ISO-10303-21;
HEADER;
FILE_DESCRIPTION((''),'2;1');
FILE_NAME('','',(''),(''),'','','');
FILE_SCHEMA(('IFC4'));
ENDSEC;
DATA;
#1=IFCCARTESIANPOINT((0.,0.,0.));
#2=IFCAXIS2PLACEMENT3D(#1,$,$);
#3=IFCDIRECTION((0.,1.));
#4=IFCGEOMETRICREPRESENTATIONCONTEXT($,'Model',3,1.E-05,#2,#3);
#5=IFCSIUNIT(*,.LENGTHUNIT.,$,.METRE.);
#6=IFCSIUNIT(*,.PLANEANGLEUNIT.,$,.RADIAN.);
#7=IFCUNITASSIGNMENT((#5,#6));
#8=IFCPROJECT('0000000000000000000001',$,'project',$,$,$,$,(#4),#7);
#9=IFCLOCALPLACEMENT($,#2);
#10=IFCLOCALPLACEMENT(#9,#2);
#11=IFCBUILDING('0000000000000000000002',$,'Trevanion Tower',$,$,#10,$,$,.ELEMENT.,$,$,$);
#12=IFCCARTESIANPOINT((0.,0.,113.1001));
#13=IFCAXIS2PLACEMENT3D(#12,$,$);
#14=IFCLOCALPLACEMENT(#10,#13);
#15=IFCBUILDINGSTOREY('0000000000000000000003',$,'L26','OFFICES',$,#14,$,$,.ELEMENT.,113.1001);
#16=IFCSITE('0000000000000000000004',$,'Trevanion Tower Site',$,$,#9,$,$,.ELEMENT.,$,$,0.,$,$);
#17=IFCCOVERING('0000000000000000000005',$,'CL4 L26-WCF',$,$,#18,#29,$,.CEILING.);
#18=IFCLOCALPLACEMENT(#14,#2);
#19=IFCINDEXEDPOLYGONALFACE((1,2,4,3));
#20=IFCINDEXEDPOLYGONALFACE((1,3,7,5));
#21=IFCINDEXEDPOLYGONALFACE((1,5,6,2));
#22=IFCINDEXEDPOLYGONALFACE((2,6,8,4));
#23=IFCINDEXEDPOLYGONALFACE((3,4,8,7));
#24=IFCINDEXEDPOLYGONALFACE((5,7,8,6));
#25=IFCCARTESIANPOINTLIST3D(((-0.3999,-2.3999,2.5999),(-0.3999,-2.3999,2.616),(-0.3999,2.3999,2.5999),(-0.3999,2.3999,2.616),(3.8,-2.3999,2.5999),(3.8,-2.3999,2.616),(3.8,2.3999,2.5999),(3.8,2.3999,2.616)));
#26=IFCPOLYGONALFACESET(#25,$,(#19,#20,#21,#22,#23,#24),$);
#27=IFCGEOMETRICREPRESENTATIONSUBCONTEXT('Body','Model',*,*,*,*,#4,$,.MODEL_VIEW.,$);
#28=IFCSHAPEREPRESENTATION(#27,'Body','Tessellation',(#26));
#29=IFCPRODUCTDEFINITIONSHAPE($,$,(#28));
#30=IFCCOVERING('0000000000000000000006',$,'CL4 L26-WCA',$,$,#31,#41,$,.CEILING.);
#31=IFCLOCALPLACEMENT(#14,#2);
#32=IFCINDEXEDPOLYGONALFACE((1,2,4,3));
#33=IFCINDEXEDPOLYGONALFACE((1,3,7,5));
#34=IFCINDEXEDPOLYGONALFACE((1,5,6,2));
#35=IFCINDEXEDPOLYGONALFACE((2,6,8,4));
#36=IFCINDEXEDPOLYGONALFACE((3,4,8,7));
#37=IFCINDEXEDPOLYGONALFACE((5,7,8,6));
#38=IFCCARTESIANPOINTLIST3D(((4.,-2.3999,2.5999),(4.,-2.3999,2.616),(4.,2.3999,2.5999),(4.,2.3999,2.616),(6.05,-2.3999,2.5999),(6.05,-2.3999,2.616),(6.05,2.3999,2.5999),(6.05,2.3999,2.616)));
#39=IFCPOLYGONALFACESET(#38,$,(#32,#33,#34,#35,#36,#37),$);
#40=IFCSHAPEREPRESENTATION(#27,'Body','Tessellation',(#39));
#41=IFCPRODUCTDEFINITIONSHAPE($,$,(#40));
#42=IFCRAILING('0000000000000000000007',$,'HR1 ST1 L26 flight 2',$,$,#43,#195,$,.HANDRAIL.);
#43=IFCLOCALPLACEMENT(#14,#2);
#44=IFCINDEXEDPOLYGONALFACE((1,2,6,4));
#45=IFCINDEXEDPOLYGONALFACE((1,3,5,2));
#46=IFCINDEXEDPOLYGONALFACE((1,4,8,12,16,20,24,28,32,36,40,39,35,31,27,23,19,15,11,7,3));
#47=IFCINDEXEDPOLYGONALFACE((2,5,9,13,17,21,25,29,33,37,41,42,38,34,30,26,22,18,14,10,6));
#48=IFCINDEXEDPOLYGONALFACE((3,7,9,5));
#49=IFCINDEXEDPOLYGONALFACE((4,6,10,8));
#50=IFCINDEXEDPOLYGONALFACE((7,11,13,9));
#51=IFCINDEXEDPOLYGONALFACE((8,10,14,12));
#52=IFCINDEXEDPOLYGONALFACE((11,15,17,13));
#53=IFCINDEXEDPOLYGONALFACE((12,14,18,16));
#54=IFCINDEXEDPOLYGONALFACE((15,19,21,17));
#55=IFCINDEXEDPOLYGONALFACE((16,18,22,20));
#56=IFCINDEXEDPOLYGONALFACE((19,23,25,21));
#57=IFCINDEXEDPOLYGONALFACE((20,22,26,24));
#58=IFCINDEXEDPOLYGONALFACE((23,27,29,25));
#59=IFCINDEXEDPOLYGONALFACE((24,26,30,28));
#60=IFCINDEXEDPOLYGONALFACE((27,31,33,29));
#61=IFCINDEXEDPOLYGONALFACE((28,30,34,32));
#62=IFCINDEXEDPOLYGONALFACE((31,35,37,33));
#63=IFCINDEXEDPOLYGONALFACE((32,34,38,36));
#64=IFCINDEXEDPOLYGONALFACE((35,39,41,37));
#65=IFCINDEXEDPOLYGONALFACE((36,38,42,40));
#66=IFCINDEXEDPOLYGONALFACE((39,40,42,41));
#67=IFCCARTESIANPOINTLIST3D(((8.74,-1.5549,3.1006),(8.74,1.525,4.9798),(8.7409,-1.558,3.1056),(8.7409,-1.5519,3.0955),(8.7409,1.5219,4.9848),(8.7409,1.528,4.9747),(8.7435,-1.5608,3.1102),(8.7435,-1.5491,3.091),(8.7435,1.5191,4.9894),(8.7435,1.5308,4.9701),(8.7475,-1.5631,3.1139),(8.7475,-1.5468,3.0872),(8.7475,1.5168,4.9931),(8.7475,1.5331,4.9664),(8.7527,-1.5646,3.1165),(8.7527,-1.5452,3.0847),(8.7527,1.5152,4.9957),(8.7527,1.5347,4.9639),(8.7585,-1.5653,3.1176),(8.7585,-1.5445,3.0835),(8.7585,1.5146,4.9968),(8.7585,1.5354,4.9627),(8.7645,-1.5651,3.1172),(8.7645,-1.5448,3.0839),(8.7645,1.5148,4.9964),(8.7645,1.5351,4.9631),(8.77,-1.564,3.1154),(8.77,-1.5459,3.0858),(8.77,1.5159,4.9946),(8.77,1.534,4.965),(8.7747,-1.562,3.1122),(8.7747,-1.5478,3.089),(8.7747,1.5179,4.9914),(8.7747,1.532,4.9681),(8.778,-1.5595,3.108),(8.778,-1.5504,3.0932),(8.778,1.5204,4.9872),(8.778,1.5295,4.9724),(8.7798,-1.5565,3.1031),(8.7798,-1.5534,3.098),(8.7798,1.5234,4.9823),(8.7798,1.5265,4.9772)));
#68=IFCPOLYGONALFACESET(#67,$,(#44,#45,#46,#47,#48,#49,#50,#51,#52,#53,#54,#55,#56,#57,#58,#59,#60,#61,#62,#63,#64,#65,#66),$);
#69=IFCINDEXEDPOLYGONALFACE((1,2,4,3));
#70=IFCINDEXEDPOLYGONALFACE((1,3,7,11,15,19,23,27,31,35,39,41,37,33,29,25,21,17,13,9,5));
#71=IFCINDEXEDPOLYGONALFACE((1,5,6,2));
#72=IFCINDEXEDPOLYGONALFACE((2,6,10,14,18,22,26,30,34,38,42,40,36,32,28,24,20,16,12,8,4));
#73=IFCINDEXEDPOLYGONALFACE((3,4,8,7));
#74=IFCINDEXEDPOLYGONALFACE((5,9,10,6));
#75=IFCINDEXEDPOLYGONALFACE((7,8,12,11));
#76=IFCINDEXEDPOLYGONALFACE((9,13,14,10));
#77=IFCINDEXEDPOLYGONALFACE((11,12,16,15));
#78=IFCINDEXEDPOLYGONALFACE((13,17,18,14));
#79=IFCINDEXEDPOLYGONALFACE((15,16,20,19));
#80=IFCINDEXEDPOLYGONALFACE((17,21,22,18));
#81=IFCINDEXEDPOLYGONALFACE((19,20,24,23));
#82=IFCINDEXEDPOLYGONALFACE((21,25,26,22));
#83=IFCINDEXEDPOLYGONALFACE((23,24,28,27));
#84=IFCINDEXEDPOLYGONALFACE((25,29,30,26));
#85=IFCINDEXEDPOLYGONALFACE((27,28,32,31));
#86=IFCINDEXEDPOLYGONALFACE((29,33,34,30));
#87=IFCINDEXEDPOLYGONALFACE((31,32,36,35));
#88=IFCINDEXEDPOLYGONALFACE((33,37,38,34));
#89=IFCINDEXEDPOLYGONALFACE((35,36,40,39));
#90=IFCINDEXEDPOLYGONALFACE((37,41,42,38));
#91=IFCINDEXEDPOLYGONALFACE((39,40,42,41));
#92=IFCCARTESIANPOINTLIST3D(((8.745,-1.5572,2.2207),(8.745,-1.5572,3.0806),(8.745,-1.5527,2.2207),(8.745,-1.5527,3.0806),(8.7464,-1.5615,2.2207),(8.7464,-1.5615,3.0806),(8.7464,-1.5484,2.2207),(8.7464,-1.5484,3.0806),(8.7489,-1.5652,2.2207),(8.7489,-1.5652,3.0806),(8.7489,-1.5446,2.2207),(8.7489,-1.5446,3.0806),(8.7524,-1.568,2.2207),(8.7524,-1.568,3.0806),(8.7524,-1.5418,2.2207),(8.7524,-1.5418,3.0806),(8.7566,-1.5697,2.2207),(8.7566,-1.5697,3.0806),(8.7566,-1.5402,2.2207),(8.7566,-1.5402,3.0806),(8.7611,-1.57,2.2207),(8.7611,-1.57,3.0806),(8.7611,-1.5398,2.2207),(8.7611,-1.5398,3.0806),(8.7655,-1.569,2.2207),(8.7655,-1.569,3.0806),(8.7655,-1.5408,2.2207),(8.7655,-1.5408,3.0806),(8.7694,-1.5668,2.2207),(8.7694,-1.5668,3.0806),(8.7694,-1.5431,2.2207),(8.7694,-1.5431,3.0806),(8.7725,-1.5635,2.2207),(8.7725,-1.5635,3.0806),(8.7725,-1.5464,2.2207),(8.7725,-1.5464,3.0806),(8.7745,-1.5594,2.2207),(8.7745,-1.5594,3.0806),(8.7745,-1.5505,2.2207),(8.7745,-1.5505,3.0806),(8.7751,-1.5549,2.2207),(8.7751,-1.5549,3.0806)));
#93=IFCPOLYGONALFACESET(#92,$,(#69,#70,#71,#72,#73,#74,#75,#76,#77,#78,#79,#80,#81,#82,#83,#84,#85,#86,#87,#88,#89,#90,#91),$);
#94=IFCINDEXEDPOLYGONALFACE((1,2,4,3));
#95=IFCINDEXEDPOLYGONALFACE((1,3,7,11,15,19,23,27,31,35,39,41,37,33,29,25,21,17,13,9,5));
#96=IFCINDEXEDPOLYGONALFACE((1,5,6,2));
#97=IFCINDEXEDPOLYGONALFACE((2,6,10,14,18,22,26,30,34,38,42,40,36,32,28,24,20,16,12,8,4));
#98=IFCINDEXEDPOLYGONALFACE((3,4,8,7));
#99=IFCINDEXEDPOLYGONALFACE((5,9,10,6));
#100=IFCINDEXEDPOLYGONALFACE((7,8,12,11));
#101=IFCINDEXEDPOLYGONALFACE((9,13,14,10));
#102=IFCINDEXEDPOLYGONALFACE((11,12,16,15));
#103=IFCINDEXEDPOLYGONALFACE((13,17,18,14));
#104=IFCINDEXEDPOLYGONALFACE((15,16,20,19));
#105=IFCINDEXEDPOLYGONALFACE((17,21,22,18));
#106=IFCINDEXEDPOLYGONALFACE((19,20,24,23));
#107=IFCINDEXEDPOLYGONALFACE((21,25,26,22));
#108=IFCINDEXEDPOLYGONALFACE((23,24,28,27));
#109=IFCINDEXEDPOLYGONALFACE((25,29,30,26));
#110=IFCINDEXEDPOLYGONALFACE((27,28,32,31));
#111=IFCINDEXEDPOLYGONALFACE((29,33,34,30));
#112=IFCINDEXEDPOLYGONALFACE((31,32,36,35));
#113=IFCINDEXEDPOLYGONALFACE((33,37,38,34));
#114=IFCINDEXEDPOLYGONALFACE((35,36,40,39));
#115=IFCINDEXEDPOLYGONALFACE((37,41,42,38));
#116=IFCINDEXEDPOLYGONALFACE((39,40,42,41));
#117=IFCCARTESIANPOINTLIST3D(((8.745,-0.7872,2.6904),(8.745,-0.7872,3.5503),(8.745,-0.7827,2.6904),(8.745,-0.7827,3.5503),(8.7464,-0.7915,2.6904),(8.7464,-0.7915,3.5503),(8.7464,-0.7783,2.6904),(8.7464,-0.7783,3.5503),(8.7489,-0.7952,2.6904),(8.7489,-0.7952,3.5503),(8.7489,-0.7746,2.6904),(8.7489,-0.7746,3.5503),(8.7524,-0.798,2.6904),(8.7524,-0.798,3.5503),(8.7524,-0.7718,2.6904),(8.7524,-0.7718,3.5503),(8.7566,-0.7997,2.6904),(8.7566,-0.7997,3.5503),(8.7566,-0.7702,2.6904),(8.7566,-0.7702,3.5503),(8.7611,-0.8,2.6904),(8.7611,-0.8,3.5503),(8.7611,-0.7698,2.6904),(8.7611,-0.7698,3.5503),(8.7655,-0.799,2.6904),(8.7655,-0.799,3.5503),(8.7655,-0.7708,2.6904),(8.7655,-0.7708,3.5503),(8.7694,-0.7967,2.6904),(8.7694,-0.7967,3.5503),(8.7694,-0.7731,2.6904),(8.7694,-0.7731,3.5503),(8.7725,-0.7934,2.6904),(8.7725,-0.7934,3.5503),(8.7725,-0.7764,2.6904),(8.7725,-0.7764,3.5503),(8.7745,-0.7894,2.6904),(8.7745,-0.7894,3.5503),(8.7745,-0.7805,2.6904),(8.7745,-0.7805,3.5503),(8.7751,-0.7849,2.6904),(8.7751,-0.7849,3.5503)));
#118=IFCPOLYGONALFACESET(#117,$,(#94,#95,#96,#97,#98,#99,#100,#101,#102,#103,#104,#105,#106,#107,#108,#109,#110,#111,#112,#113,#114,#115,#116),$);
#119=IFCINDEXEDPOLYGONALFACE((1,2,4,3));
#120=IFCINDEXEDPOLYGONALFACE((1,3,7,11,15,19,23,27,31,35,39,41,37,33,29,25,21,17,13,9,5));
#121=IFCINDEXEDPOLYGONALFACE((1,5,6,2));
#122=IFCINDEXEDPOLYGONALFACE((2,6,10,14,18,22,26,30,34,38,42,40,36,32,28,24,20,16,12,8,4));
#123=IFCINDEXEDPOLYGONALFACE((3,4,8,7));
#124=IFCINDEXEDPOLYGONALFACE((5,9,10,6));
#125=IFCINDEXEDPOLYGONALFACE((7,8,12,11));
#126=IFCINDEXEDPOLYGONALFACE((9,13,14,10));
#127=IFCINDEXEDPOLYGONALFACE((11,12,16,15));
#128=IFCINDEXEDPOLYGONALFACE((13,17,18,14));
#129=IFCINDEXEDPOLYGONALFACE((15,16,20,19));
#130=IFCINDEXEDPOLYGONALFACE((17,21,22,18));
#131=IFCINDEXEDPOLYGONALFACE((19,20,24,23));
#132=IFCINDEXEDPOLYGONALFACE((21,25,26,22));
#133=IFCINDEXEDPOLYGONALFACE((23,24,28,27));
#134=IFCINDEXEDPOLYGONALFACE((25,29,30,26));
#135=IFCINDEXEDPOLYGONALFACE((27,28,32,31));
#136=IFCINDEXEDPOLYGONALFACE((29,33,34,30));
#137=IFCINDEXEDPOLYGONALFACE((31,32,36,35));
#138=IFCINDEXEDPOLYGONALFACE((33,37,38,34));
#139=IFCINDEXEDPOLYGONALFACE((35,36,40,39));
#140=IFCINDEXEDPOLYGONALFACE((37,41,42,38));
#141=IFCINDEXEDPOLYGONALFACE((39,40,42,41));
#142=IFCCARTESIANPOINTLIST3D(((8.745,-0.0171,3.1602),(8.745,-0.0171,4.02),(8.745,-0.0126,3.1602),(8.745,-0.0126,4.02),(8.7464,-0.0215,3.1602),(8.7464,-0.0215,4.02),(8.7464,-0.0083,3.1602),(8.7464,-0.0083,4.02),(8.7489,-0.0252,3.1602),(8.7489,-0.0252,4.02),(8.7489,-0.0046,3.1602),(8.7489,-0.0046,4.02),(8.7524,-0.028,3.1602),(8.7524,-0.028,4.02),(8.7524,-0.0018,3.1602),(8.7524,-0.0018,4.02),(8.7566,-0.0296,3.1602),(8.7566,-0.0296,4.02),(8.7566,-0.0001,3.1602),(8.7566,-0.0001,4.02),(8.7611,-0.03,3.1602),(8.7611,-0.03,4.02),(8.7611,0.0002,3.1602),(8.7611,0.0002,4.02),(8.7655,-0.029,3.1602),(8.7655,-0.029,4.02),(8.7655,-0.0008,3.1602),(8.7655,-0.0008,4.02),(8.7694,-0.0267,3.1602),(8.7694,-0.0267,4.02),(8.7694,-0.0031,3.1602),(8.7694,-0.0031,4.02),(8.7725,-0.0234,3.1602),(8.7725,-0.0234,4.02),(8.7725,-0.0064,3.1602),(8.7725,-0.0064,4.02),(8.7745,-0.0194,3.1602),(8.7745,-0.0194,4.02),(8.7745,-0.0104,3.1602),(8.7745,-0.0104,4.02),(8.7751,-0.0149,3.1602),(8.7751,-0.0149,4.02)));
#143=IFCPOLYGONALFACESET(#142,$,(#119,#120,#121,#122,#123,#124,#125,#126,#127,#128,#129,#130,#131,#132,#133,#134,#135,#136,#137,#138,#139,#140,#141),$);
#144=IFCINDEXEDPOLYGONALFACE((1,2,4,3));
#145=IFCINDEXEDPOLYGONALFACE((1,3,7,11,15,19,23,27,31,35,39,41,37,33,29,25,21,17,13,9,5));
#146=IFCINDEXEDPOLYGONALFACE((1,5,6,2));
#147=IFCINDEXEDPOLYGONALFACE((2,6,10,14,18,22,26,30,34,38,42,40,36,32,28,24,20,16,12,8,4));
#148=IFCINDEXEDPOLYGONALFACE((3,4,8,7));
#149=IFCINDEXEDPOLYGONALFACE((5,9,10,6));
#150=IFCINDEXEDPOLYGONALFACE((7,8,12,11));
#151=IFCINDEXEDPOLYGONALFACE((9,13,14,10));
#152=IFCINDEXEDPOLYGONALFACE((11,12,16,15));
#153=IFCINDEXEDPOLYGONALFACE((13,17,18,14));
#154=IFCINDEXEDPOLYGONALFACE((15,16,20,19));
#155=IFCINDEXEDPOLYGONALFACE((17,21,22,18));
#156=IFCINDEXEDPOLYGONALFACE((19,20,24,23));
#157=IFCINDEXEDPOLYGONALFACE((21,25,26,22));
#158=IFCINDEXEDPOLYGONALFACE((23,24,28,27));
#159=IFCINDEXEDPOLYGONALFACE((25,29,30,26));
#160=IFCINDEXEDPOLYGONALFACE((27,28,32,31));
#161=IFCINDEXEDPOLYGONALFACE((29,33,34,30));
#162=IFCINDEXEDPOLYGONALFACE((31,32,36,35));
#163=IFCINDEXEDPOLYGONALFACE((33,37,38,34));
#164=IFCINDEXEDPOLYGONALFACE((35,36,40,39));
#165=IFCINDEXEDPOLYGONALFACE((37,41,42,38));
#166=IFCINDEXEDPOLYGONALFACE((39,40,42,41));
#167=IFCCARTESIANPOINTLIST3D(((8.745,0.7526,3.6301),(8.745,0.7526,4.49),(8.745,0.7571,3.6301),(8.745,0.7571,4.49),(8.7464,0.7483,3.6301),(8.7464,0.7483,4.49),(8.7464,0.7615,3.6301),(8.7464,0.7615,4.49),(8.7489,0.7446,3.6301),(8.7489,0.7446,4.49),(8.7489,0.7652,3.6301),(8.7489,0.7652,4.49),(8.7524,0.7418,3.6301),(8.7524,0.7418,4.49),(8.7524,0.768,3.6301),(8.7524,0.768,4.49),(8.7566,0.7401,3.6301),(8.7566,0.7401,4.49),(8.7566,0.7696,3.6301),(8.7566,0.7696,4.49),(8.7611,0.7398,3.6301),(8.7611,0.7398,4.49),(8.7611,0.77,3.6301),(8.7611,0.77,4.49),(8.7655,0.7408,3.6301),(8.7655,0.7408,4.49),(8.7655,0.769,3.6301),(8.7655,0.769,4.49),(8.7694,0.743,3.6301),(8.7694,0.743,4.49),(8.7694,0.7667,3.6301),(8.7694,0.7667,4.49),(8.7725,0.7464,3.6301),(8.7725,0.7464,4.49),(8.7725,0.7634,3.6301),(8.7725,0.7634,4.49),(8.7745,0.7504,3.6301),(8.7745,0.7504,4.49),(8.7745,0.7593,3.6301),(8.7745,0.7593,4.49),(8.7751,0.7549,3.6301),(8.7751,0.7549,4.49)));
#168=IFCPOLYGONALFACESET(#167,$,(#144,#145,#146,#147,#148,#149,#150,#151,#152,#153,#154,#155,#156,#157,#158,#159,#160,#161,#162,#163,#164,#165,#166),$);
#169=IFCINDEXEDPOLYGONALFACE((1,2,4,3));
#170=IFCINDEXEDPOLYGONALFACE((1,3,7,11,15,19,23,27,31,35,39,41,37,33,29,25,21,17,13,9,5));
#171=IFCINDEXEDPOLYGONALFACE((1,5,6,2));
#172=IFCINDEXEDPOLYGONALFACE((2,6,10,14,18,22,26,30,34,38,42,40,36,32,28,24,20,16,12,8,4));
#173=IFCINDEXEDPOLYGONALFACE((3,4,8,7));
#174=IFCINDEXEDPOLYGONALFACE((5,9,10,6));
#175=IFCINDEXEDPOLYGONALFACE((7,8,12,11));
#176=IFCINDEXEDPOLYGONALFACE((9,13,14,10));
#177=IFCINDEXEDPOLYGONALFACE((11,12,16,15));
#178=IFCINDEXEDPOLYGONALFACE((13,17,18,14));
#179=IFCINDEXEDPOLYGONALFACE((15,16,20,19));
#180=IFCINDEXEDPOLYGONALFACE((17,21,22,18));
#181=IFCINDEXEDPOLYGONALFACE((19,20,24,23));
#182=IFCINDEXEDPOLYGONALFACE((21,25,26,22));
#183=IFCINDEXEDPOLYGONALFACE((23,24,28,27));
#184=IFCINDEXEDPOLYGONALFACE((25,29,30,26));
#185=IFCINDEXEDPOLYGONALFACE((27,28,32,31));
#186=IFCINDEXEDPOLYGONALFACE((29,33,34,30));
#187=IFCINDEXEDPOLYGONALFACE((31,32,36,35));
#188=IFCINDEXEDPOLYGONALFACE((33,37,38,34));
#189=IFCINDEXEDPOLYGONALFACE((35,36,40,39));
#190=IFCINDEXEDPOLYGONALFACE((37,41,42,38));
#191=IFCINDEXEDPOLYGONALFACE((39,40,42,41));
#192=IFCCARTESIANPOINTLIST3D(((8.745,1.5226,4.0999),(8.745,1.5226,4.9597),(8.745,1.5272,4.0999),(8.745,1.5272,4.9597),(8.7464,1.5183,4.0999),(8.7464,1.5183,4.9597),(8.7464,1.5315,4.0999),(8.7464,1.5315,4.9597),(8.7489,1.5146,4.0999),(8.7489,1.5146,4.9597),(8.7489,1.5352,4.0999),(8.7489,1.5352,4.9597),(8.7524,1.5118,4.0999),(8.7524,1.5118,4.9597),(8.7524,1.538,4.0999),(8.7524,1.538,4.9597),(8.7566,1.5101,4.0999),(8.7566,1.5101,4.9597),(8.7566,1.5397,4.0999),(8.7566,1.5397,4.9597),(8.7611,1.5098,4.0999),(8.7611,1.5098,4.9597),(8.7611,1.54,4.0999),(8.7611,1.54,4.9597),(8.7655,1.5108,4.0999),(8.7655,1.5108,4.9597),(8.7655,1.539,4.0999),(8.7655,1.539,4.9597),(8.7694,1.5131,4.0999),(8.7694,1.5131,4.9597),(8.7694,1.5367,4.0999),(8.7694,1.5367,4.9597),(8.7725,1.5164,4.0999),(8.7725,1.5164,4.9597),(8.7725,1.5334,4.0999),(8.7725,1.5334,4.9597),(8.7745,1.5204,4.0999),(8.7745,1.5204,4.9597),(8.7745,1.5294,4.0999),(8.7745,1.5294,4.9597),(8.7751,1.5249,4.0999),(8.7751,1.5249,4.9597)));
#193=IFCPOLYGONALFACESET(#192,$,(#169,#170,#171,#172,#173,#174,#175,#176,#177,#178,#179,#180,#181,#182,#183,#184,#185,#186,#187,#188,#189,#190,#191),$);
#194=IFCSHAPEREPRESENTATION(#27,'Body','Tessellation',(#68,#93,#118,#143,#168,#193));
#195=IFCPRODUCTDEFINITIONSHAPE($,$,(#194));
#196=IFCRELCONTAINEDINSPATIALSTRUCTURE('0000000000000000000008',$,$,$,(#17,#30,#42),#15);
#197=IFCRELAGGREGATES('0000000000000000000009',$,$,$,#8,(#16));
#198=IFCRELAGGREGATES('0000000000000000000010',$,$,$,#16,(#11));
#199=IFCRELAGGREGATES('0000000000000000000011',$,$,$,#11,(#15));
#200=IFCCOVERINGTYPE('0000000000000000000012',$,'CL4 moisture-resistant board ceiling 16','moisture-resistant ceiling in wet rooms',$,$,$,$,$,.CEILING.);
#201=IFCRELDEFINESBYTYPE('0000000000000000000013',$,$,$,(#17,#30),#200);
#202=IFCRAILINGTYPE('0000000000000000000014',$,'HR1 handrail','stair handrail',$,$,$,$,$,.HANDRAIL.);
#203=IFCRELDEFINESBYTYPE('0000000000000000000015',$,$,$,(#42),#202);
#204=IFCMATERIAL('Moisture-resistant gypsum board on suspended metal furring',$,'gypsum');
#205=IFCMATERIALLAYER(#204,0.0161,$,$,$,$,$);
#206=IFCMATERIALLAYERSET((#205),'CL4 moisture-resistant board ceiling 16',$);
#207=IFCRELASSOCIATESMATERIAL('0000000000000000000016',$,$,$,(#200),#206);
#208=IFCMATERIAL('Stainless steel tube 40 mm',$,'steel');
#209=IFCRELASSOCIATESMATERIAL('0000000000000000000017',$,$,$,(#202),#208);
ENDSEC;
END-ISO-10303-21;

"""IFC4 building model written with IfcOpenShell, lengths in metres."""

from ifc_helpers import new_model, si_unit, direction, frame, origin, origin_2d, place, context, subcontext, project, spatial, polyline, circle, outline, extrude, material, layer, layer_set, type_object, element, save


model = new_model("IFC4")

# Units and contexts
model_context = context("Model", 3, precision=1e-05, world=origin(), true_north=direction((0.0, 1.0)))
body_context = subcontext(model_context, "Body", "Model", "MODEL_VIEW")
ifc_project = project(units=[si_unit("LENGTHUNIT", "METRE"), si_unit("PLANEANGLEUNIT", "RADIAN")], contexts=[model_context])

# Site, building, storey
site_placement = place(None, origin())
site = spatial("IfcSite", under=ifc_project, at=site_placement, Name="Trevanion Tower Site", CompositionType="ELEMENT", RefElevation=0.0)
building_placement = place(site_placement, origin())
building = spatial("IfcBuilding", under=site, at=building_placement, Name="Trevanion Tower", CompositionType="ELEMENT")
storey_placement = place(building_placement, frame((0.0, 0.0, 113.1001)))
storey = spatial("IfcBuildingStorey", under=building, at=storey_placement, Name="L26", Description="OFFICES", CompositionType="ELEMENT", Elevation=113.1001)

# Coverings
ifc_material_1 = material(Name="Moisture-resistant gypsum board on suspended metal furring", Category="gypsum")
ifc_layer_1 = layer(ifc_material_1, 0.0161)
ifc_layer_set_1 = layer_set([ifc_layer_1], Name="CL4 moisture-resistant board ceiling 16")
covering_type_1 = type_object("IfcCoveringType", Name="CL4 moisture-resistant board ceiling 16", Description="moisture-resistant ceiling in wet rooms", PredefinedType="CEILING", material=ifc_layer_set_1)
covering_1_placement = place(storey_placement, frame((0.0, 0.0, 2.5999)))
element("IfcCovering", 1, at=covering_1_placement, inside=storey, type_object=covering_type_1, Name="CL4 L26-WCF", PredefinedType="CEILING", context=body_context, shape_type="SweptSolid", body=[
    extrude(outline(polyline([(3.8, -2.3999), (3.8, 2.3999), (-0.3999, 2.3999), (-0.3999, -2.3999), (3.8, -2.3999)])), origin(), (0.0, 0.0, 1.0), 0.0161),
])
covering_2_placement = place(storey_placement, frame((0.0, 0.0, 2.5999)))
element("IfcCovering", 2, at=covering_2_placement, inside=storey, type_object=covering_type_1, Name="CL4 L26-WCA", PredefinedType="CEILING", context=body_context, shape_type="SweptSolid", body=[
    extrude(outline(polyline([(6.05, -2.3999), (6.05, 2.3999), (4.0, 2.3999), (4.0, -2.3999), (6.05, -2.3999)])), origin(), (0.0, 0.0, 1.0), 0.0161),
])

# Railing
ifc_material_2 = material(Name="Stainless steel tube 40 mm", Category="steel")
railing_type = type_object("IfcRailingType", Name="HR1 handrail", Description="stair handrail", PredefinedType="HANDRAIL", material=ifc_material_2)
for number, where, name in (
    (3, (8.76, -1.5549, 2.2207), "HR1 ST1 L26 flight 2"),
):
    element("IfcRailing", number, at=place(storey_placement, frame(where)), inside=storey, type_object=railing_type, Name=name, PredefinedType="HANDRAIL", context=body_context, shape_type="SweptSolid", body=[
        extrude(circle(Radius=0.02, at=origin_2d()), frame((0.0, 0.0, 0.8799), z_axis=(0.0, 0.853648, 0.52085), x_axis=(-1.0, 0.0, 0.0)), (0.0, 0.0, 1.0), 3.6079),
        extrude(circle(Radius=0.0151, at=origin_2d()), origin(), (0.0, 0.0, 1.0), 0.8599),
        extrude(circle(Radius=0.0151, at=origin_2d()), frame((0.0, 0.77, 0.4697)), (0.0, 0.0, 1.0), 0.8599),
        extrude(circle(Radius=0.0151, at=origin_2d()), frame((0.0, 1.54, 0.9395)), (0.0, 0.0, 1.0), 0.8599),
        extrude(circle(Radius=0.0151, at=origin_2d()), frame((0.0, 2.3098, 1.4094)), (0.0, 0.0, 1.0), 0.8599),
        extrude(circle(Radius=0.0151, at=origin_2d()), frame((0.0, 3.0798, 1.8792)), (0.0, 0.0, 1.0), 0.8599),
    ])

save(model, "model.ifc")
